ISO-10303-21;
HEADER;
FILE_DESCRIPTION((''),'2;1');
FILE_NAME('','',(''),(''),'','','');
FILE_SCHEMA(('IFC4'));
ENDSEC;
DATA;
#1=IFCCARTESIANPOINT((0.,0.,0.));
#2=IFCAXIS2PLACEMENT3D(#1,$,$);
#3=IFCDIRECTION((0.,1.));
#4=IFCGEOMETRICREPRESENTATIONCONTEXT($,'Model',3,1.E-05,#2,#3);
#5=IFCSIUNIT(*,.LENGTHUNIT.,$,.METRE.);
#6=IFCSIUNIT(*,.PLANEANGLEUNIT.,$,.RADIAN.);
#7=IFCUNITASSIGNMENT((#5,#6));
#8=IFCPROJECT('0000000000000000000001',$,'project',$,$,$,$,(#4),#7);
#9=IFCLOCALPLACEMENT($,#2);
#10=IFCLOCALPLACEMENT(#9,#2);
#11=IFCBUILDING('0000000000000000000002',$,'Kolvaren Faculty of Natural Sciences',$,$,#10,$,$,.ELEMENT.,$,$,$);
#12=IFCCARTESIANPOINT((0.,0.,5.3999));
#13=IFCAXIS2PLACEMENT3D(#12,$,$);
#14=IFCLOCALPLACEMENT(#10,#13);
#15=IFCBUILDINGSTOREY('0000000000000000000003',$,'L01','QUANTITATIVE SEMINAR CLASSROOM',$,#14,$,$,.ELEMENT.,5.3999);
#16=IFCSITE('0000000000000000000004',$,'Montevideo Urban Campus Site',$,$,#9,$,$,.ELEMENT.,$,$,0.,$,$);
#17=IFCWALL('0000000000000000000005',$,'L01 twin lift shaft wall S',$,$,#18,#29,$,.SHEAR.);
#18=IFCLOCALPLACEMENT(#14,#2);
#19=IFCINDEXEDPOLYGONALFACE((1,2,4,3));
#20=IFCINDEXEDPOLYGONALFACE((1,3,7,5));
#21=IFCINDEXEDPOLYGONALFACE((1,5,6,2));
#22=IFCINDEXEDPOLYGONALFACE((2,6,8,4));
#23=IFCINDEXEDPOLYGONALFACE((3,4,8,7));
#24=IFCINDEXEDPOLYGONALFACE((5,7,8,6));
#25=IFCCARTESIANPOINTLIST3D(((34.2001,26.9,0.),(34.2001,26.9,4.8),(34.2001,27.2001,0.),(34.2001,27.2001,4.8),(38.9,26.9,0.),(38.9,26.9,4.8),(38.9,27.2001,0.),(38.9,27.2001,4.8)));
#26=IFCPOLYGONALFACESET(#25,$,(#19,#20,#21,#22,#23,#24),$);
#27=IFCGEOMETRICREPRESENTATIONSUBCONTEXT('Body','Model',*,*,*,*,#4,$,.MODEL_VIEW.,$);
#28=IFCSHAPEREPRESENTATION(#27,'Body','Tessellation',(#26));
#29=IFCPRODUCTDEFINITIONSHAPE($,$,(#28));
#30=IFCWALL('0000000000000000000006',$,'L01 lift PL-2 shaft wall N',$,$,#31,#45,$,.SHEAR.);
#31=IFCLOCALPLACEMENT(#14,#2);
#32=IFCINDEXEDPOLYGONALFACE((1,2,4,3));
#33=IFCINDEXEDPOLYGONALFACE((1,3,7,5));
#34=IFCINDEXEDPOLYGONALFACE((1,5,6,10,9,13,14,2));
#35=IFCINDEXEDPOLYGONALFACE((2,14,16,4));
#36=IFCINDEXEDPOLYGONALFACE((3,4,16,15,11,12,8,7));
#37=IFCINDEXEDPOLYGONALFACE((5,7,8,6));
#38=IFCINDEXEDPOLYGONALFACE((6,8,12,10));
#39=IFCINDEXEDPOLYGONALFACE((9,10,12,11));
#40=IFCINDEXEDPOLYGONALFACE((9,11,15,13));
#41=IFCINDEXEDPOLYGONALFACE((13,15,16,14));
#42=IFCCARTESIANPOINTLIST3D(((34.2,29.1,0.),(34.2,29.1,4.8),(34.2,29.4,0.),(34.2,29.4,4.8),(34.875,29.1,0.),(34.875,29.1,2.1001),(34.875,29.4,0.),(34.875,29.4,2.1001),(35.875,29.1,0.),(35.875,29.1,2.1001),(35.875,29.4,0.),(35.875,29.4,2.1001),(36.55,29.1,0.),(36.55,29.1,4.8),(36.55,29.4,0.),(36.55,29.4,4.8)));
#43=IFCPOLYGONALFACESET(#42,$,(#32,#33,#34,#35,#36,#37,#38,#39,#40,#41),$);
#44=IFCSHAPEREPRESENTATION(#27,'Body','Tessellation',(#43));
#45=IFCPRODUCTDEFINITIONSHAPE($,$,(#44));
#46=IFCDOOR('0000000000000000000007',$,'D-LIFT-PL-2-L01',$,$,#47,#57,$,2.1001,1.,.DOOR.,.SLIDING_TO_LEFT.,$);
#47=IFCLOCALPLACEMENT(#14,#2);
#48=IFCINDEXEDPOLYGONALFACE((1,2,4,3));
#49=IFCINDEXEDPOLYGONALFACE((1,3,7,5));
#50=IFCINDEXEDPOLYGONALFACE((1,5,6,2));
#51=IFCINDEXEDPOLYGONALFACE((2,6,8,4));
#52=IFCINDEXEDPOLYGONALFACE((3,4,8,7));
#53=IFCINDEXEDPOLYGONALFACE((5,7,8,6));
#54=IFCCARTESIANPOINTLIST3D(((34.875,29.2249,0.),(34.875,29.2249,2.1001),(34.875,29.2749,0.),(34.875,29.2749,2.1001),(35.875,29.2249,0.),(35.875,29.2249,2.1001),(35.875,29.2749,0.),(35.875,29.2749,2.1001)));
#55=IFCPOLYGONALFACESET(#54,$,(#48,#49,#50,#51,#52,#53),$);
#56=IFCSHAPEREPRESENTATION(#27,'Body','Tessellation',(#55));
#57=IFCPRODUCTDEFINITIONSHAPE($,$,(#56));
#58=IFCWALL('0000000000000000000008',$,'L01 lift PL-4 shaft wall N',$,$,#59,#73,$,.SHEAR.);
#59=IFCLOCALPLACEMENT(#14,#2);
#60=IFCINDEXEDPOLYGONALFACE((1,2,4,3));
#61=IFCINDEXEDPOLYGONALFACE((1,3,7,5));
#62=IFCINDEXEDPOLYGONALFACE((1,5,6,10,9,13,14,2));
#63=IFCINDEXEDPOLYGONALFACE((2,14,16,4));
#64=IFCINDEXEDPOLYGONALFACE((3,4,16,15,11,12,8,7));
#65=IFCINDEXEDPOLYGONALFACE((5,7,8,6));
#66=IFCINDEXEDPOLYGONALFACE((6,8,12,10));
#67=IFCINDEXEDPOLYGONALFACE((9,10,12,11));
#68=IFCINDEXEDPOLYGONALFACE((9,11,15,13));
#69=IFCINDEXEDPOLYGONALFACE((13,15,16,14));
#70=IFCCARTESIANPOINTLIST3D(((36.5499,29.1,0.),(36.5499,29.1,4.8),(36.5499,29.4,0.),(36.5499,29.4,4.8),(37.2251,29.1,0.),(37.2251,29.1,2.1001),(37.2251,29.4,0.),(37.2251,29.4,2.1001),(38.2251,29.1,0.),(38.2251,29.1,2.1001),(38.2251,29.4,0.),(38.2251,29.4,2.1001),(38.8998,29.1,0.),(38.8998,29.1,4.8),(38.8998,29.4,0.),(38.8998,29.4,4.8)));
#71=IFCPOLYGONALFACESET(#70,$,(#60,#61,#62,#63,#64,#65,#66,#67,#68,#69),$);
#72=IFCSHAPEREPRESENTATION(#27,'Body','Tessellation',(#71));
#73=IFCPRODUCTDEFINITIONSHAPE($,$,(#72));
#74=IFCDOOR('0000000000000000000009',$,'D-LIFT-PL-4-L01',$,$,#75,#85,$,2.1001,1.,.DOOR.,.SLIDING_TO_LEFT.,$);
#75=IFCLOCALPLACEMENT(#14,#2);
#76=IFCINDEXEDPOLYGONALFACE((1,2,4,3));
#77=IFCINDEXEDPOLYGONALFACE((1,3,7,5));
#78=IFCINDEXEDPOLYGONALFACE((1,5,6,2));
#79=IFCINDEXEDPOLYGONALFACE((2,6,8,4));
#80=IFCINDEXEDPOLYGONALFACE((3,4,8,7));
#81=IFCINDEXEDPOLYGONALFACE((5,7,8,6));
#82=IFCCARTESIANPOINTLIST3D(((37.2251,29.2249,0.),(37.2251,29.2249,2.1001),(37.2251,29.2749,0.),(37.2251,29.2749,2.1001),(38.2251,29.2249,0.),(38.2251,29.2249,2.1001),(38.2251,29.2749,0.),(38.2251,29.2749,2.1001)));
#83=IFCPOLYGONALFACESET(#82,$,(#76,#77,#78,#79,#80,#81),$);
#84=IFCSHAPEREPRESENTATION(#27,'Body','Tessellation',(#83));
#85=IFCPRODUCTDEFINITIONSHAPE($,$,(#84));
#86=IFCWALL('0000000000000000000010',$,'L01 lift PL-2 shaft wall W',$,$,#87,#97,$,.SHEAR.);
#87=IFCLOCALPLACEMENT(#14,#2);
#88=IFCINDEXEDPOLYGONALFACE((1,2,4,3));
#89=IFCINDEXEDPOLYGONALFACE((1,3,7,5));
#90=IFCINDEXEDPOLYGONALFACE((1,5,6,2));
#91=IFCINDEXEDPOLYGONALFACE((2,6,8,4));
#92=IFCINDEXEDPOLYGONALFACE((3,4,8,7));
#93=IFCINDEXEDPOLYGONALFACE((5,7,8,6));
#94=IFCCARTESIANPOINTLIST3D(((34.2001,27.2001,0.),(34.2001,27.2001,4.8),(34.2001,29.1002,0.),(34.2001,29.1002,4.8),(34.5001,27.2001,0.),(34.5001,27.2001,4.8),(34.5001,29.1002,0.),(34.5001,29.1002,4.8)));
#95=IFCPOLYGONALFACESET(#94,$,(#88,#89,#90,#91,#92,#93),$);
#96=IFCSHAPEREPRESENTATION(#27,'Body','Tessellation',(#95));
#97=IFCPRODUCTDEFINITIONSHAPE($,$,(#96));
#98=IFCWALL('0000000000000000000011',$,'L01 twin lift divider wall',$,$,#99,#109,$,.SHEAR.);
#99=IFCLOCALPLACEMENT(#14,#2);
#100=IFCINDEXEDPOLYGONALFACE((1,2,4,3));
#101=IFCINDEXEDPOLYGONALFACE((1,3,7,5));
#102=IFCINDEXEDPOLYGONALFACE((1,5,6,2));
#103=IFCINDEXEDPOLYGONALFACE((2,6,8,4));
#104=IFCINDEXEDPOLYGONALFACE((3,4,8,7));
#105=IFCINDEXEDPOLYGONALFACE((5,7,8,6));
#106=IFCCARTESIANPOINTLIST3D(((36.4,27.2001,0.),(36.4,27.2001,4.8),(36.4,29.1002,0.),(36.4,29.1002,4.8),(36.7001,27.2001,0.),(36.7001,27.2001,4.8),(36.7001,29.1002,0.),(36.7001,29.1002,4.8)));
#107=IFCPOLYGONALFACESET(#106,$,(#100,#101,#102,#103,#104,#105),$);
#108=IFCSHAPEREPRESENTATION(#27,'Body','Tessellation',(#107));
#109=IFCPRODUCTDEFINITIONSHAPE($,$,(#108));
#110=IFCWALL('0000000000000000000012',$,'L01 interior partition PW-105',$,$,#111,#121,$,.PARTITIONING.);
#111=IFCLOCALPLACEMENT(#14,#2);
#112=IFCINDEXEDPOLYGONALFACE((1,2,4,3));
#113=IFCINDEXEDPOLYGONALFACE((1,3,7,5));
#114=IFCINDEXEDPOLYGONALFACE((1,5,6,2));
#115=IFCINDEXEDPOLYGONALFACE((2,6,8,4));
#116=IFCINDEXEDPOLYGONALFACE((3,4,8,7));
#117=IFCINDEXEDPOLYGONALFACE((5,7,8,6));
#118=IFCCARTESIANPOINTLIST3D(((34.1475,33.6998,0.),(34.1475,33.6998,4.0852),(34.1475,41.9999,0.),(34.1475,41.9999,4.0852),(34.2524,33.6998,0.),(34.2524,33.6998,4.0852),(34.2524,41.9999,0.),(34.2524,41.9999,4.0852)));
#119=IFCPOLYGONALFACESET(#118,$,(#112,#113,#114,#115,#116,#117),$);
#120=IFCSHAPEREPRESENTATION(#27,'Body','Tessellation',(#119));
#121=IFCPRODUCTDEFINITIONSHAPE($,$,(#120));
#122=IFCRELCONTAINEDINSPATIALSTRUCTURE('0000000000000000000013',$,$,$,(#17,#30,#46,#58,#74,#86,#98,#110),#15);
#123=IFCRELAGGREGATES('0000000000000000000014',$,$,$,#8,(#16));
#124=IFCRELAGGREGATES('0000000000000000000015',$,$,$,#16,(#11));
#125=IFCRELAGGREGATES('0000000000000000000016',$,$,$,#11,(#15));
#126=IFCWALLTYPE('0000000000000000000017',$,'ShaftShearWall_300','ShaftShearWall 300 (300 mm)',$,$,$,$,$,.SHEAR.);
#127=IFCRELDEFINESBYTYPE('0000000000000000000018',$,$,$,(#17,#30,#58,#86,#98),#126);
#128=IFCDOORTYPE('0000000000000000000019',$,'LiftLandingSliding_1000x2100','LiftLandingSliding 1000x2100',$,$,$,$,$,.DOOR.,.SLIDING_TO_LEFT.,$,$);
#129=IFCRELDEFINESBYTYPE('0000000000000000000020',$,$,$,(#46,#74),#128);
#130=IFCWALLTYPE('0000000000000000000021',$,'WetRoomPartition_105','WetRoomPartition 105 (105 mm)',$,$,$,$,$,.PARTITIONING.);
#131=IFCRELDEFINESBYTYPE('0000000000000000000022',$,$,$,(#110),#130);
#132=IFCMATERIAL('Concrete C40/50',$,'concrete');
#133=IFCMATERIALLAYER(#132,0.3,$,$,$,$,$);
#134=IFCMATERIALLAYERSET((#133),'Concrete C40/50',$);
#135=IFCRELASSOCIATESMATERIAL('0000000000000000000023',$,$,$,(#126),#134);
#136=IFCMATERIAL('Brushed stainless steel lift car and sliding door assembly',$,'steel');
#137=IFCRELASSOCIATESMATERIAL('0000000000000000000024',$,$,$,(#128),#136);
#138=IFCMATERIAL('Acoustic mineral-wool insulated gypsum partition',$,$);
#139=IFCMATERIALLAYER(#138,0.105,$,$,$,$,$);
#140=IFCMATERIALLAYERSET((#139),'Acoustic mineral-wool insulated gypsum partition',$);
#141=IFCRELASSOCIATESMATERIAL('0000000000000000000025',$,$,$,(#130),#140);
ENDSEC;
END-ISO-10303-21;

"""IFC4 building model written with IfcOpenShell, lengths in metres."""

from ifc_helpers import new_model, si_unit, direction, frame, frame_2d, origin, place, context, subcontext, project, spatial, rectangle, extrude, material, layer, layer_set, type_object, element, fill, save


model = new_model("IFC4")

# Units and contexts
model_context = context("Model", 3, precision=1e-05, world=origin(), true_north=direction((0.0, 1.0)))
body_context = subcontext(model_context, "Body", "Model", "MODEL_VIEW")
ifc_project = project(units=[si_unit("LENGTHUNIT", "METRE"), si_unit("PLANEANGLEUNIT", "RADIAN")], contexts=[model_context])

# Site, building, storey
site_placement = place(None, origin())
site = spatial("IfcSite", under=ifc_project, at=site_placement, Name="Montevideo Urban Campus Site", CompositionType="ELEMENT", RefElevation=0.0)
building_placement = place(site_placement, origin())
building = spatial("IfcBuilding", under=site, at=building_placement, Name="Kolvaren Faculty of Natural Sciences", CompositionType="ELEMENT")
storey_placement = place(building_placement, frame((0.0, 0.0, 5.3999)))
storey = spatial("IfcBuildingStorey", under=building, at=storey_placement, Name="L01", Description="QUANTITATIVE SEMINAR CLASSROOM", CompositionType="ELEMENT", Elevation=5.3999)

# Shared definitions
ifc_material_1 = material(Name="Concrete C40/50", Category="concrete")

# Wall
ifc_layer_1 = layer(ifc_material_1, 0.3)
ifc_layer_set_1 = layer_set([ifc_layer_1], Name="Concrete C40/50")
wall_type_1 = type_object("IfcWallType", Name="ShaftShearWall_300", Description="ShaftShearWall 300 (300 mm)", PredefinedType="SHEAR", material=ifc_layer_set_1)
wall_1_placement = place(storey_placement, frame((34.2, 27.05, 0.0), z_axis=(0.0, 0.0, 1.0), x_axis=(1.0, 0.0, 0.0)))
element("IfcWall", 1, at=wall_1_placement, inside=storey, type_object=wall_type_1, Name="L01 twin lift shaft wall S", PredefinedType="SHEAR", context=body_context, shape_type="SweptSolid", body=[
    extrude(rectangle(XDim=4.7, YDim=0.3, at=frame_2d((2.3501, 0.0))), origin(), (0.0, 0.0, 1.0), 4.8),
])

# Walls, openings, doors
wall_2_placement = place(storey_placement, frame((34.2, 29.25, 0.0), z_axis=(0.0, 0.0, 1.0), x_axis=(1.0, 0.0, 0.0)))
wall_2 = element("IfcWall", 2, at=wall_2_placement, inside=storey, type_object=wall_type_1, Name="L01 lift PL-2 shaft wall N", PredefinedType="SHEAR", context=body_context, shape_type="SweptSolid", body=[
    extrude(rectangle(XDim=2.3501, YDim=0.3, at=frame_2d((1.175, 0.0))), origin(), (0.0, 0.0, 1.0), 4.8),
])
opening_1_placement = place(wall_2_placement, frame((0.675, 0.0, 0.0)))
opening_1 = element("IfcOpeningElement", 3, at=opening_1_placement, cuts=wall_2, PredefinedType="OPENING", context=body_context, shape_type="SweptSolid", body=[
    extrude(rectangle(XDim=1.0, YDim=2.1001, at=frame_2d((0.5, 1.05))), frame((0.0, 0.1599, 0.0), z_axis=(0.0, -1.0, 0.0), x_axis=(1.0, 0.0, 0.0)), (0.0, 0.0, 1.0), 0.3201),
])
ifc_material_2 = material(Name="Brushed stainless steel lift car and sliding door assembly", Category="steel")
door_type_1 = type_object("IfcDoorType", Name="LiftLandingSliding_1000x2100", Description="LiftLandingSliding 1000x2100", OperationType="SLIDING_TO_LEFT", PredefinedType="DOOR", material=ifc_material_2)
door_1_placement = place(opening_1_placement, origin())
door_1 = element("IfcDoor", 4, at=door_1_placement, inside=storey, type_object=door_type_1, Name="D-LIFT-PL-2-L01", OperationType="SLIDING_TO_LEFT", OverallHeight=2.1001, OverallWidth=1.0, PredefinedType="DOOR", context=body_context, shape_type="SweptSolid", body=[
    extrude(rectangle(XDim=1.0, YDim=2.1001, at=frame_2d((0.5, 1.05))), frame((0.0, 0.0249, 0.0), z_axis=(0.0, -1.0, 0.0), x_axis=(1.0, 0.0, 0.0)), (0.0, 0.0, 1.0), 0.05),
])
fill(opening_1, door_1)
wall_3_placement = place(storey_placement, frame((36.55, 29.25, 0.0), z_axis=(0.0, 0.0, 1.0), x_axis=(1.0, 0.0, 0.0)))
wall_3 = element("IfcWall", 5, at=wall_3_placement, inside=storey, type_object=wall_type_1, Name="L01 lift PL-4 shaft wall N", PredefinedType="SHEAR", context=body_context, shape_type="SweptSolid", body=[
    extrude(rectangle(XDim=2.3499, YDim=0.3, at=frame_2d((1.1748, 0.0))), origin(), (0.0, 0.0, 1.0), 4.8),
])
opening_2_placement = place(wall_3_placement, frame((0.675, 0.0, 0.0)))
opening_2 = element("IfcOpeningElement", 6, at=opening_2_placement, cuts=wall_3, PredefinedType="OPENING", context=body_context, shape_type="SweptSolid", body=[
    extrude(rectangle(XDim=1.0, YDim=2.1001, at=frame_2d((0.5, 1.05))), frame((0.0, 0.1599, 0.0), z_axis=(0.0, -1.0, 0.0), x_axis=(1.0, 0.0, 0.0)), (0.0, 0.0, 1.0), 0.3201),
])
door_2_placement = place(opening_2_placement, origin())
door_2 = element("IfcDoor", 7, at=door_2_placement, inside=storey, type_object=door_type_1, Name="D-LIFT-PL-4-L01", OperationType="SLIDING_TO_LEFT", OverallHeight=2.1001, OverallWidth=1.0, PredefinedType="DOOR", context=body_context, shape_type="SweptSolid", body=[
    extrude(rectangle(XDim=1.0, YDim=2.1001, at=frame_2d((0.5, 1.05))), frame((0.0, 0.0249, 0.0), z_axis=(0.0, -1.0, 0.0), x_axis=(1.0, 0.0, 0.0)), (0.0, 0.0, 1.0), 0.05),
])
fill(opening_2, door_2)

# Walls
for number, where, z_axis, x_axis, name in (
    (8, (34.3501, 27.2, 0.0), (0.0, 0.0, 1.0), (0.0, 1.0, 0.0), "L01 lift PL-2 shaft wall W"),
    (9, (36.55, 27.2, 0.0), (0.0, 0.0, 1.0), (0.0, 1.0, 0.0), "L01 twin lift divider wall"),
):
    element("IfcWall", number, at=place(storey_placement, frame(where, z_axis=z_axis, x_axis=x_axis)), inside=storey, type_object=wall_type_1, Name=name, PredefinedType="SHEAR", context=body_context, shape_type="SweptSolid", body=[
        extrude(rectangle(XDim=1.9001, YDim=0.3, at=frame_2d((0.9502, 0.0))), origin(), (0.0, 0.0, 1.0), 4.8),
    ])
ifc_material_3 = material(Name="Acoustic mineral-wool insulated gypsum partition")
ifc_layer_2 = layer(ifc_material_3, 0.105)
ifc_layer_set_2 = layer_set([ifc_layer_2], Name="Acoustic mineral-wool insulated gypsum partition")
wall_type_2 = type_object("IfcWallType", Name="WetRoomPartition_105", Description="WetRoomPartition 105 (105 mm)", PredefinedType="PARTITIONING", material=ifc_layer_set_2)
wall_4_placement = place(storey_placement, frame((34.2, 33.7, 0.0), z_axis=(0.0, 0.0, 1.0), x_axis=(0.0, 1.0, 0.0)))
element("IfcWall", 10, at=wall_4_placement, inside=storey, type_object=wall_type_2, Name="L01 interior partition PW-105", PredefinedType="PARTITIONING", context=body_context, shape_type="SweptSolid", body=[
    extrude(rectangle(XDim=8.3, YDim=0.105, at=frame_2d((4.1499, 0.0))), origin(), (0.0, 0.0, 1.0), 4.0852),
])

save(model, "model.ifc")
